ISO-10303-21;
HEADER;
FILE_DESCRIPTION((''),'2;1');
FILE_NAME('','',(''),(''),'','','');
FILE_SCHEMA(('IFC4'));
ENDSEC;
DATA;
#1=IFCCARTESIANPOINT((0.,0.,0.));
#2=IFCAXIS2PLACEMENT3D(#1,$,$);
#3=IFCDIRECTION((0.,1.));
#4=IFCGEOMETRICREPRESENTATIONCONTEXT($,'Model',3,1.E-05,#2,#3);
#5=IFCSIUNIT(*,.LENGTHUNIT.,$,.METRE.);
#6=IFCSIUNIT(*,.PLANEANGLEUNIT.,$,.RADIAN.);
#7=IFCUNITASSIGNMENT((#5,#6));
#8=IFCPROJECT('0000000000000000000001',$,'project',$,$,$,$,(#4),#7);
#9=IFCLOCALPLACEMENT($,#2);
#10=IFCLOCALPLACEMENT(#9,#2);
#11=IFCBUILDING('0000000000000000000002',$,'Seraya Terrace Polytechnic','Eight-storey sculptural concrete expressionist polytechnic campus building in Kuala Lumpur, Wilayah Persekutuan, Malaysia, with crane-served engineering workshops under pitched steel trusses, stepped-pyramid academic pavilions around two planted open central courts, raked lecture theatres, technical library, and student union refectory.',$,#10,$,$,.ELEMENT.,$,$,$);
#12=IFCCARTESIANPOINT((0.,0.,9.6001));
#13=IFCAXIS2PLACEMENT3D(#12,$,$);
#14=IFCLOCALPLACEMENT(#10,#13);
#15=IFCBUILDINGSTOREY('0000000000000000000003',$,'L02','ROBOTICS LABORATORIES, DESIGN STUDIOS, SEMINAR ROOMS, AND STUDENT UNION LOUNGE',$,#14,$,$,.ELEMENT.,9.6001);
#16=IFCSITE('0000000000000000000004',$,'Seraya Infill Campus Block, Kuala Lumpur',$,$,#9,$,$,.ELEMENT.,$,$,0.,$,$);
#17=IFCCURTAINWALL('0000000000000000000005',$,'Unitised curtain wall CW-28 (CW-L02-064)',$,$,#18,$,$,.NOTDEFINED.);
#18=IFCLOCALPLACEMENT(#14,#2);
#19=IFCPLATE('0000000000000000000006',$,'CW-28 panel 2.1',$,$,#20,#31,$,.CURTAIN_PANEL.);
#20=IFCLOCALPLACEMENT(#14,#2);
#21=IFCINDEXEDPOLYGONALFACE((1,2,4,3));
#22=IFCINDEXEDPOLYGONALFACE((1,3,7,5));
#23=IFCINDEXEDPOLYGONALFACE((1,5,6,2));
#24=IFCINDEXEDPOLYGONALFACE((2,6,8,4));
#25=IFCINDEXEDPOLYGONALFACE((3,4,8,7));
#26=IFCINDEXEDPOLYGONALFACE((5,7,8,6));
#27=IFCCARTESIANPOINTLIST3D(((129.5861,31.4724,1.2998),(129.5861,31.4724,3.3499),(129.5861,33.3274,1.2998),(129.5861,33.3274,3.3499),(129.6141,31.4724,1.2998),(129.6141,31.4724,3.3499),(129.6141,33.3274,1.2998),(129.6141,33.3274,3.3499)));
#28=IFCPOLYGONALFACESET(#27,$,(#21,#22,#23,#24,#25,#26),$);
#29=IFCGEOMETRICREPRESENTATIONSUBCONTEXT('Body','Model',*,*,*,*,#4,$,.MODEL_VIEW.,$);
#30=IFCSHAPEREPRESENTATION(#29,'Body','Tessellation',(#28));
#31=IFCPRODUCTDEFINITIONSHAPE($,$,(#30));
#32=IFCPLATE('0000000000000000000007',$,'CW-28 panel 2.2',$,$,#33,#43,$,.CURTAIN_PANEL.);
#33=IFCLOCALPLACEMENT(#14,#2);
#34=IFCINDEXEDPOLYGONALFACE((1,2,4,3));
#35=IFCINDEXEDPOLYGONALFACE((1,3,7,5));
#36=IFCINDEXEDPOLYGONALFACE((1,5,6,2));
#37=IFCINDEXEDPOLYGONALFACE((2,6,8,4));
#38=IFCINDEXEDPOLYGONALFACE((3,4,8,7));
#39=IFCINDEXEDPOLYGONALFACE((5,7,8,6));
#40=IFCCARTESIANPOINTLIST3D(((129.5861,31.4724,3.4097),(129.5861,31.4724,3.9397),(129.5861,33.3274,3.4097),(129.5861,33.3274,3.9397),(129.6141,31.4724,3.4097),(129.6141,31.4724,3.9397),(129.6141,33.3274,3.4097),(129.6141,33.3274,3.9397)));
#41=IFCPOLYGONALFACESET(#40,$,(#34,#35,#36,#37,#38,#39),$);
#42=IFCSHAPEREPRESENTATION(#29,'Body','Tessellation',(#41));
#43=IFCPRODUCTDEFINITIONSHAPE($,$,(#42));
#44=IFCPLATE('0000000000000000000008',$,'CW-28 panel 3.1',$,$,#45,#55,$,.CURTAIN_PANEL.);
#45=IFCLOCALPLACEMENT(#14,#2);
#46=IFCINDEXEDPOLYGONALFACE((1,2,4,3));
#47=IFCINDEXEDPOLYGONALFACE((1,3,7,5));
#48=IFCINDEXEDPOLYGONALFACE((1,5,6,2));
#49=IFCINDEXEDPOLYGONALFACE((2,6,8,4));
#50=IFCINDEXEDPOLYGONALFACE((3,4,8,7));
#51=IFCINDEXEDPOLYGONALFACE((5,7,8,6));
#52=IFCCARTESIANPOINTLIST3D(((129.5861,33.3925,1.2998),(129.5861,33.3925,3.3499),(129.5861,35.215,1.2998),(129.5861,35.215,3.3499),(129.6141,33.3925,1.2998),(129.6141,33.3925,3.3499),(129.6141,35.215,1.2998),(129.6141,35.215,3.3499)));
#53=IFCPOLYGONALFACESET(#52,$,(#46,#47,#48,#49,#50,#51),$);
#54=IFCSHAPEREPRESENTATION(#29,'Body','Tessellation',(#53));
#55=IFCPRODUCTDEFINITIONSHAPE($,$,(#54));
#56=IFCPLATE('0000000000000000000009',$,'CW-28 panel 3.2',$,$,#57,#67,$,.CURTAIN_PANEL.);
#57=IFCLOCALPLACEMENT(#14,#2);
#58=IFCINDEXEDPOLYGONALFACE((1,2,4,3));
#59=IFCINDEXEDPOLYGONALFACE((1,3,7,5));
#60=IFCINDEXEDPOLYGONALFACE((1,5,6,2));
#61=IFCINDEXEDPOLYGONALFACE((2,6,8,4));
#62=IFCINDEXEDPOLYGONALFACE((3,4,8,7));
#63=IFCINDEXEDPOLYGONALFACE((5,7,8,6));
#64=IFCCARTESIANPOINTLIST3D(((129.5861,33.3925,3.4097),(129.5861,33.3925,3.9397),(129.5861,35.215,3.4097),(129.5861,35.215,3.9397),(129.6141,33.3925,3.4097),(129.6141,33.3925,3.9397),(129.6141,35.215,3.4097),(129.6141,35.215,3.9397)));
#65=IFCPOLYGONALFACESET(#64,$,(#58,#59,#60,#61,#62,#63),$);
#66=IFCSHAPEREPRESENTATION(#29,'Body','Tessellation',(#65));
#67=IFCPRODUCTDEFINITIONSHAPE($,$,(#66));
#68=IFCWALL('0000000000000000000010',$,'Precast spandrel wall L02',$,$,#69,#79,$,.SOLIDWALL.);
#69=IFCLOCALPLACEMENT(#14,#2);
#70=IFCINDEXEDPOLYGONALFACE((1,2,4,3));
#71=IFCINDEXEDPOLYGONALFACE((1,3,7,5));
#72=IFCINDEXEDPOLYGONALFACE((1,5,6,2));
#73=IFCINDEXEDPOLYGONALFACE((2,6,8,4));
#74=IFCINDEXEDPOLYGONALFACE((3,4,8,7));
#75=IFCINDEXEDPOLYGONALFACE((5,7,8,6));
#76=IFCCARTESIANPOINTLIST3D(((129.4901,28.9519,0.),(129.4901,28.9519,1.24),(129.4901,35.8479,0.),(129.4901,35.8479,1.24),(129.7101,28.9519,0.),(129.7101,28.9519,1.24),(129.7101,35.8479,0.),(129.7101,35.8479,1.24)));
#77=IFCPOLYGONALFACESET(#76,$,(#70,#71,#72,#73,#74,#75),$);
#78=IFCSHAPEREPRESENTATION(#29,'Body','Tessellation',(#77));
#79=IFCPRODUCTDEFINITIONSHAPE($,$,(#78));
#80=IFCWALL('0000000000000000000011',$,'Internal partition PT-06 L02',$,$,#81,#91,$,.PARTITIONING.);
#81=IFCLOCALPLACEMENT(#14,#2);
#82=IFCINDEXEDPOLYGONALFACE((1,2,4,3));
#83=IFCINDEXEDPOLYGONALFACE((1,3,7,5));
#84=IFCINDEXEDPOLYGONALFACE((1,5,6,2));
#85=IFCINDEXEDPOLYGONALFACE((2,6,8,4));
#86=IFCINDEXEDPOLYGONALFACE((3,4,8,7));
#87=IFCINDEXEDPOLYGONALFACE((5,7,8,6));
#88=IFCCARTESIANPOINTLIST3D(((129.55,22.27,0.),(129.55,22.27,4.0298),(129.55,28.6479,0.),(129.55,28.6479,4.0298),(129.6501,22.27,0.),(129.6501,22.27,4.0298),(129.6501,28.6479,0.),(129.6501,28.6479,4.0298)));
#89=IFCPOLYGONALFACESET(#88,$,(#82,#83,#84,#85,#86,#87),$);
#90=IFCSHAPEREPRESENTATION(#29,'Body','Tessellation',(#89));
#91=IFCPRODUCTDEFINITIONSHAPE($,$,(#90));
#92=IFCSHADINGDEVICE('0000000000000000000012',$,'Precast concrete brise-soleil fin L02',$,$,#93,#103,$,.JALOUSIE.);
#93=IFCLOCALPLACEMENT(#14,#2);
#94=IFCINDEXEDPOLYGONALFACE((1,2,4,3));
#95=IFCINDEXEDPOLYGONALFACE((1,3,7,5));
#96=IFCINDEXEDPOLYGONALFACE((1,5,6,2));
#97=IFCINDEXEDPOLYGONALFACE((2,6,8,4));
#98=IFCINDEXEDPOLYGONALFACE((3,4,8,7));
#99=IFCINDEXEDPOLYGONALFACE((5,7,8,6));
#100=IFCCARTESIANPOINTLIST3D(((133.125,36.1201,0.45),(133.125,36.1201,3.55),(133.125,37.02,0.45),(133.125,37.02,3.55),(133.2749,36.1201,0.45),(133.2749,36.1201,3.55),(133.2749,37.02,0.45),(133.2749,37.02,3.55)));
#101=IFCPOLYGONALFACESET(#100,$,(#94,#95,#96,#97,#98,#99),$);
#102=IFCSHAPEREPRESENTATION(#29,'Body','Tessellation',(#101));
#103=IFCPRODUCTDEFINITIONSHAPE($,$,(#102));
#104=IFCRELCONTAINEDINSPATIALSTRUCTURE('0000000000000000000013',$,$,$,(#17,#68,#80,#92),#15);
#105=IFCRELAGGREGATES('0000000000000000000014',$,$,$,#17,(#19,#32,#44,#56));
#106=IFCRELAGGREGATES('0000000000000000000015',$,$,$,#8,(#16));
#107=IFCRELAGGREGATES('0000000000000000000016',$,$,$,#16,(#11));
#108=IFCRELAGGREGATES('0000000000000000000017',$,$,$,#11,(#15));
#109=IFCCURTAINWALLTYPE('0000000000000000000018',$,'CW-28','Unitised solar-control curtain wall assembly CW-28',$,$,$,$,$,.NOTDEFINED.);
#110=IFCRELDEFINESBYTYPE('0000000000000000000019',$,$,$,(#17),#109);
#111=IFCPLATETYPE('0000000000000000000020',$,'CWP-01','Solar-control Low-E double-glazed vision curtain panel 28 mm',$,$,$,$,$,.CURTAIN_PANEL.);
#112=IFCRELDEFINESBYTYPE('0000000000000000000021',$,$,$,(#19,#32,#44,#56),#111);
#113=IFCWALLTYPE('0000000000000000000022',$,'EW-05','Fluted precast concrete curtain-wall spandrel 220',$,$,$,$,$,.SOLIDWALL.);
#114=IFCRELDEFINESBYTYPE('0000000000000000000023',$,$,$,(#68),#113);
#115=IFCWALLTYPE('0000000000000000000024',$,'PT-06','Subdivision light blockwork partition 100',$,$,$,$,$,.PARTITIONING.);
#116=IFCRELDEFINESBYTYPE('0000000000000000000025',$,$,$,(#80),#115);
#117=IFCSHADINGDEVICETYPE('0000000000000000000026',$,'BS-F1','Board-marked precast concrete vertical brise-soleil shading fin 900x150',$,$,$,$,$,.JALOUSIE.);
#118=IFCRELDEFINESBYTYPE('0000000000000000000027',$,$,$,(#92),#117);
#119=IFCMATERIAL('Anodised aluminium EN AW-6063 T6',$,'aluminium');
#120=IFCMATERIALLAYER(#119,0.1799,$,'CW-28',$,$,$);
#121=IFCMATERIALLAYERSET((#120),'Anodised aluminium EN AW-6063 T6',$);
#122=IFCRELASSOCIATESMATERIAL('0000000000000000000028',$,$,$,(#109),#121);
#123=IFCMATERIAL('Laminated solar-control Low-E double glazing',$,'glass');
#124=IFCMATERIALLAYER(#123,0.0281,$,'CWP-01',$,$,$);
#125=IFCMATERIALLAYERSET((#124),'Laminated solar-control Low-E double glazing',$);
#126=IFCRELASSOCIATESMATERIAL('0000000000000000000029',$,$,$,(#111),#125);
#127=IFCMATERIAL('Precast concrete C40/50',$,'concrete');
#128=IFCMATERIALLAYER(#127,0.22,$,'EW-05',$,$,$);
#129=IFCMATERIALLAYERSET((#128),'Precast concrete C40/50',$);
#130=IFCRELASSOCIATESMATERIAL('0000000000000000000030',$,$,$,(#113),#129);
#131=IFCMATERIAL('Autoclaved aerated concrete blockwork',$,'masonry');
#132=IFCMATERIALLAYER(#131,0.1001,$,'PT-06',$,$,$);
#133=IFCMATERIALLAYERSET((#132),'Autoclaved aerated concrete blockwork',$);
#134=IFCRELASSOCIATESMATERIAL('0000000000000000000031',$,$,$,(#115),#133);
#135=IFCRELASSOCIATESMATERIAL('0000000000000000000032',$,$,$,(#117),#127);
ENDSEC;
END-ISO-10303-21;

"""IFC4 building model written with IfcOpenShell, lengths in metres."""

from ifc_helpers import new_model, si_unit, direction, frame, frame_2d, origin, origin_2d, place, context, subcontext, project, spatial, rectangle, extrude, material, layer, layer_set, type_object, element, aggregate, save


model = new_model("IFC4")

# Units and contexts
model_context = context("Model", 3, precision=1e-05, world=origin(), true_north=direction((0.0, 1.0)))
body_context = subcontext(model_context, "Body", "Model", "MODEL_VIEW")
ifc_project = project(units=[si_unit("LENGTHUNIT", "METRE"), si_unit("PLANEANGLEUNIT", "RADIAN")], contexts=[model_context])

# Site, building, storey
site_placement = place(None, origin())
site = spatial("IfcSite", under=ifc_project, at=site_placement, Name="Seraya Infill Campus Block, Kuala Lumpur", CompositionType="ELEMENT", RefElevation=0.0)
building_placement = place(site_placement, origin())
building = spatial("IfcBuilding", under=site, at=building_placement, Name="Seraya Terrace Polytechnic", Description="Eight-storey sculptural concrete expressionist polytechnic campus building in Kuala Lumpur, Wilayah Persekutuan, Malaysia, with crane-served engineering workshops under pitched steel trusses, stepped-pyramid academic pavilions around two planted open central courts, raked lecture theatres, technical library, and student union refectory.", CompositionType="ELEMENT")
storey_placement = place(building_placement, frame((0.0, 0.0, 9.6001)))
storey = spatial("IfcBuildingStorey", under=building, at=storey_placement, Name="L02", Description="ROBOTICS LABORATORIES, DESIGN STUDIOS, SEMINAR ROOMS, AND STUDENT UNION LOUNGE", CompositionType="ELEMENT", Elevation=9.6001)

# Curtain wall
ifc_material_1 = material(Name="Anodised aluminium EN AW-6063 T6", Category="aluminium")
ifc_layer_1 = layer(ifc_material_1, 0.1799, Name="CW-28")
ifc_layer_set_1 = layer_set([ifc_layer_1], Name="Anodised aluminium EN AW-6063 T6")
curtain_wall_type = type_object("IfcCurtainWallType", Name="CW-28", Description="Unitised solar-control curtain wall assembly CW-28", PredefinedType="NOTDEFINED", material=ifc_layer_set_1)
curtain_wall_placement = place(storey_placement, origin())
curtain_wall = element("IfcCurtainWall", 1, at=curtain_wall_placement, inside=storey, type_object=curtain_wall_type, Name="Unitised curtain wall CW-28 (CW-L02-064)", PredefinedType="NOTDEFINED")

# Plates
ifc_material_2 = material(Name="Laminated solar-control Low-E double glazing", Category="glass")
ifc_layer_2 = layer(ifc_material_2, 0.0281, Name="CWP-01")
ifc_layer_set_2 = layer_set([ifc_layer_2], Name="Laminated solar-control Low-E double glazing")
plate_type = type_object("IfcPlateType", Name="CWP-01", Description="Solar-control Low-E double-glazed vision curtain panel 28 mm", PredefinedType="CURTAIN_PANEL", material=ifc_layer_set_2)
plate_1_placement = place(storey_placement, frame((129.6001, 32.3999, 1.2998), z_axis=(0.0, 0.0, 1.0), x_axis=(0.0, 1.0, 0.0)))
plate_1 = element("IfcPlate", 2, at=plate_1_placement, type_object=plate_type, Name="CW-28 panel 2.1", PredefinedType="CURTAIN_PANEL", context=body_context, shape_type="SweptSolid", body=[
    extrude(rectangle(XDim=1.855, YDim=0.0281, at=origin_2d()), origin(), (0.0, 0.0, 1.0), 2.05),
])
plate_2_placement = place(storey_placement, frame((129.6001, 32.3999, 3.4097), z_axis=(0.0, 0.0, 1.0), x_axis=(0.0, 1.0, 0.0)))
plate_2 = element("IfcPlate", 3, at=plate_2_placement, type_object=plate_type, Name="CW-28 panel 2.2", PredefinedType="CURTAIN_PANEL", context=body_context, shape_type="SweptSolid", body=[
    extrude(rectangle(XDim=1.855, YDim=0.0281, at=origin_2d()), origin(), (0.0, 0.0, 1.0), 0.53),
])
plate_3_placement = place(storey_placement, frame((129.6001, 34.3037, 1.2998), z_axis=(0.0, 0.0, 1.0), x_axis=(0.0, 1.0, 0.0)))
plate_3 = element("IfcPlate", 4, at=plate_3_placement, type_object=plate_type, Name="CW-28 panel 3.1", PredefinedType="CURTAIN_PANEL", context=body_context, shape_type="SweptSolid", body=[
    extrude(rectangle(XDim=1.8225, YDim=0.0281, at=origin_2d()), origin(), (0.0, 0.0, 1.0), 2.05),
])
plate_4_placement = place(storey_placement, frame((129.6001, 34.3037, 3.4097), z_axis=(0.0, 0.0, 1.0), x_axis=(0.0, 1.0, 0.0)))
plate_4 = element("IfcPlate", 5, at=plate_4_placement, type_object=plate_type, Name="CW-28 panel 3.2", PredefinedType="CURTAIN_PANEL", context=body_context, shape_type="SweptSolid", body=[
    extrude(rectangle(XDim=1.8225, YDim=0.0281, at=origin_2d()), origin(), (0.0, 0.0, 1.0), 0.53),
])
aggregate(curtain_wall, [plate_1, plate_2, plate_3, plate_4])

# Walls
ifc_material_3 = material(Name="Precast concrete C40/50", Category="concrete")
ifc_layer_3 = layer(ifc_material_3, 0.22, Name="EW-05")
ifc_layer_set_3 = layer_set([ifc_layer_3], Name="Precast concrete C40/50")
wall_type_1 = type_object("IfcWallType", Name="EW-05", Description="Fluted precast concrete curtain-wall spandrel 220", PredefinedType="SOLIDWALL", material=ifc_layer_set_3)
wall_1_placement = place(storey_placement, frame((129.6001, 28.9519, 0.0), z_axis=(0.0, 0.0, 1.0), x_axis=(0.0, 1.0, 0.0)))
element("IfcWall", 6, at=wall_1_placement, inside=storey, type_object=wall_type_1, Name="Precast spandrel wall L02", PredefinedType="SOLIDWALL", context=body_context, shape_type="SweptSolid", body=[
    extrude(rectangle(XDim=6.896, YDim=0.22, at=frame_2d((3.448, 0.0))), origin(), (0.0, 0.0, 1.0), 1.24),
])
ifc_material_4 = material(Name="Autoclaved aerated concrete blockwork", Category="masonry")
ifc_layer_4 = layer(ifc_material_4, 0.1001, Name="PT-06")
ifc_layer_set_4 = layer_set([ifc_layer_4], Name="Autoclaved aerated concrete blockwork")
wall_type_2 = type_object("IfcWallType", Name="PT-06", Description="Subdivision light blockwork partition 100", PredefinedType="PARTITIONING", material=ifc_layer_set_4)
wall_2_placement = place(storey_placement, frame((129.6001, 22.27, 0.0), z_axis=(0.0, 0.0, 1.0), x_axis=(0.0, 1.0, 0.0)))
element("IfcWall", 7, at=wall_2_placement, inside=storey, type_object=wall_type_2, Name="Internal partition PT-06 L02", PredefinedType="PARTITIONING", context=body_context, shape_type="SweptSolid", body=[
    extrude(rectangle(XDim=6.3779, YDim=0.1001, at=frame_2d((3.189, 0.0))), origin(), (0.0, 0.0, 1.0), 4.0298),
])

# Shading device
shading_device_type = type_object("IfcShadingDeviceType", Name="BS-F1", Description="Board-marked precast concrete vertical brise-soleil shading fin 900x150", PredefinedType="JALOUSIE", material=ifc_material_3)
shading_device_placement = place(storey_placement, frame((133.2, 36.5701, 0.45), z_axis=(0.0, 0.0, 1.0), x_axis=(0.0, 1.0, 0.0)))
element("IfcShadingDevice", 8, at=shading_device_placement, inside=storey, type_object=shading_device_type, Name="Precast concrete brise-soleil fin L02", PredefinedType="JALOUSIE", context=body_context, shape_type="SweptSolid", body=[
    extrude(rectangle(XDim=0.8999, YDim=0.1499, at=origin_2d()), origin(), (0.0, 0.0, 1.0), 3.1001),
])

save(model, "model.ifc")
